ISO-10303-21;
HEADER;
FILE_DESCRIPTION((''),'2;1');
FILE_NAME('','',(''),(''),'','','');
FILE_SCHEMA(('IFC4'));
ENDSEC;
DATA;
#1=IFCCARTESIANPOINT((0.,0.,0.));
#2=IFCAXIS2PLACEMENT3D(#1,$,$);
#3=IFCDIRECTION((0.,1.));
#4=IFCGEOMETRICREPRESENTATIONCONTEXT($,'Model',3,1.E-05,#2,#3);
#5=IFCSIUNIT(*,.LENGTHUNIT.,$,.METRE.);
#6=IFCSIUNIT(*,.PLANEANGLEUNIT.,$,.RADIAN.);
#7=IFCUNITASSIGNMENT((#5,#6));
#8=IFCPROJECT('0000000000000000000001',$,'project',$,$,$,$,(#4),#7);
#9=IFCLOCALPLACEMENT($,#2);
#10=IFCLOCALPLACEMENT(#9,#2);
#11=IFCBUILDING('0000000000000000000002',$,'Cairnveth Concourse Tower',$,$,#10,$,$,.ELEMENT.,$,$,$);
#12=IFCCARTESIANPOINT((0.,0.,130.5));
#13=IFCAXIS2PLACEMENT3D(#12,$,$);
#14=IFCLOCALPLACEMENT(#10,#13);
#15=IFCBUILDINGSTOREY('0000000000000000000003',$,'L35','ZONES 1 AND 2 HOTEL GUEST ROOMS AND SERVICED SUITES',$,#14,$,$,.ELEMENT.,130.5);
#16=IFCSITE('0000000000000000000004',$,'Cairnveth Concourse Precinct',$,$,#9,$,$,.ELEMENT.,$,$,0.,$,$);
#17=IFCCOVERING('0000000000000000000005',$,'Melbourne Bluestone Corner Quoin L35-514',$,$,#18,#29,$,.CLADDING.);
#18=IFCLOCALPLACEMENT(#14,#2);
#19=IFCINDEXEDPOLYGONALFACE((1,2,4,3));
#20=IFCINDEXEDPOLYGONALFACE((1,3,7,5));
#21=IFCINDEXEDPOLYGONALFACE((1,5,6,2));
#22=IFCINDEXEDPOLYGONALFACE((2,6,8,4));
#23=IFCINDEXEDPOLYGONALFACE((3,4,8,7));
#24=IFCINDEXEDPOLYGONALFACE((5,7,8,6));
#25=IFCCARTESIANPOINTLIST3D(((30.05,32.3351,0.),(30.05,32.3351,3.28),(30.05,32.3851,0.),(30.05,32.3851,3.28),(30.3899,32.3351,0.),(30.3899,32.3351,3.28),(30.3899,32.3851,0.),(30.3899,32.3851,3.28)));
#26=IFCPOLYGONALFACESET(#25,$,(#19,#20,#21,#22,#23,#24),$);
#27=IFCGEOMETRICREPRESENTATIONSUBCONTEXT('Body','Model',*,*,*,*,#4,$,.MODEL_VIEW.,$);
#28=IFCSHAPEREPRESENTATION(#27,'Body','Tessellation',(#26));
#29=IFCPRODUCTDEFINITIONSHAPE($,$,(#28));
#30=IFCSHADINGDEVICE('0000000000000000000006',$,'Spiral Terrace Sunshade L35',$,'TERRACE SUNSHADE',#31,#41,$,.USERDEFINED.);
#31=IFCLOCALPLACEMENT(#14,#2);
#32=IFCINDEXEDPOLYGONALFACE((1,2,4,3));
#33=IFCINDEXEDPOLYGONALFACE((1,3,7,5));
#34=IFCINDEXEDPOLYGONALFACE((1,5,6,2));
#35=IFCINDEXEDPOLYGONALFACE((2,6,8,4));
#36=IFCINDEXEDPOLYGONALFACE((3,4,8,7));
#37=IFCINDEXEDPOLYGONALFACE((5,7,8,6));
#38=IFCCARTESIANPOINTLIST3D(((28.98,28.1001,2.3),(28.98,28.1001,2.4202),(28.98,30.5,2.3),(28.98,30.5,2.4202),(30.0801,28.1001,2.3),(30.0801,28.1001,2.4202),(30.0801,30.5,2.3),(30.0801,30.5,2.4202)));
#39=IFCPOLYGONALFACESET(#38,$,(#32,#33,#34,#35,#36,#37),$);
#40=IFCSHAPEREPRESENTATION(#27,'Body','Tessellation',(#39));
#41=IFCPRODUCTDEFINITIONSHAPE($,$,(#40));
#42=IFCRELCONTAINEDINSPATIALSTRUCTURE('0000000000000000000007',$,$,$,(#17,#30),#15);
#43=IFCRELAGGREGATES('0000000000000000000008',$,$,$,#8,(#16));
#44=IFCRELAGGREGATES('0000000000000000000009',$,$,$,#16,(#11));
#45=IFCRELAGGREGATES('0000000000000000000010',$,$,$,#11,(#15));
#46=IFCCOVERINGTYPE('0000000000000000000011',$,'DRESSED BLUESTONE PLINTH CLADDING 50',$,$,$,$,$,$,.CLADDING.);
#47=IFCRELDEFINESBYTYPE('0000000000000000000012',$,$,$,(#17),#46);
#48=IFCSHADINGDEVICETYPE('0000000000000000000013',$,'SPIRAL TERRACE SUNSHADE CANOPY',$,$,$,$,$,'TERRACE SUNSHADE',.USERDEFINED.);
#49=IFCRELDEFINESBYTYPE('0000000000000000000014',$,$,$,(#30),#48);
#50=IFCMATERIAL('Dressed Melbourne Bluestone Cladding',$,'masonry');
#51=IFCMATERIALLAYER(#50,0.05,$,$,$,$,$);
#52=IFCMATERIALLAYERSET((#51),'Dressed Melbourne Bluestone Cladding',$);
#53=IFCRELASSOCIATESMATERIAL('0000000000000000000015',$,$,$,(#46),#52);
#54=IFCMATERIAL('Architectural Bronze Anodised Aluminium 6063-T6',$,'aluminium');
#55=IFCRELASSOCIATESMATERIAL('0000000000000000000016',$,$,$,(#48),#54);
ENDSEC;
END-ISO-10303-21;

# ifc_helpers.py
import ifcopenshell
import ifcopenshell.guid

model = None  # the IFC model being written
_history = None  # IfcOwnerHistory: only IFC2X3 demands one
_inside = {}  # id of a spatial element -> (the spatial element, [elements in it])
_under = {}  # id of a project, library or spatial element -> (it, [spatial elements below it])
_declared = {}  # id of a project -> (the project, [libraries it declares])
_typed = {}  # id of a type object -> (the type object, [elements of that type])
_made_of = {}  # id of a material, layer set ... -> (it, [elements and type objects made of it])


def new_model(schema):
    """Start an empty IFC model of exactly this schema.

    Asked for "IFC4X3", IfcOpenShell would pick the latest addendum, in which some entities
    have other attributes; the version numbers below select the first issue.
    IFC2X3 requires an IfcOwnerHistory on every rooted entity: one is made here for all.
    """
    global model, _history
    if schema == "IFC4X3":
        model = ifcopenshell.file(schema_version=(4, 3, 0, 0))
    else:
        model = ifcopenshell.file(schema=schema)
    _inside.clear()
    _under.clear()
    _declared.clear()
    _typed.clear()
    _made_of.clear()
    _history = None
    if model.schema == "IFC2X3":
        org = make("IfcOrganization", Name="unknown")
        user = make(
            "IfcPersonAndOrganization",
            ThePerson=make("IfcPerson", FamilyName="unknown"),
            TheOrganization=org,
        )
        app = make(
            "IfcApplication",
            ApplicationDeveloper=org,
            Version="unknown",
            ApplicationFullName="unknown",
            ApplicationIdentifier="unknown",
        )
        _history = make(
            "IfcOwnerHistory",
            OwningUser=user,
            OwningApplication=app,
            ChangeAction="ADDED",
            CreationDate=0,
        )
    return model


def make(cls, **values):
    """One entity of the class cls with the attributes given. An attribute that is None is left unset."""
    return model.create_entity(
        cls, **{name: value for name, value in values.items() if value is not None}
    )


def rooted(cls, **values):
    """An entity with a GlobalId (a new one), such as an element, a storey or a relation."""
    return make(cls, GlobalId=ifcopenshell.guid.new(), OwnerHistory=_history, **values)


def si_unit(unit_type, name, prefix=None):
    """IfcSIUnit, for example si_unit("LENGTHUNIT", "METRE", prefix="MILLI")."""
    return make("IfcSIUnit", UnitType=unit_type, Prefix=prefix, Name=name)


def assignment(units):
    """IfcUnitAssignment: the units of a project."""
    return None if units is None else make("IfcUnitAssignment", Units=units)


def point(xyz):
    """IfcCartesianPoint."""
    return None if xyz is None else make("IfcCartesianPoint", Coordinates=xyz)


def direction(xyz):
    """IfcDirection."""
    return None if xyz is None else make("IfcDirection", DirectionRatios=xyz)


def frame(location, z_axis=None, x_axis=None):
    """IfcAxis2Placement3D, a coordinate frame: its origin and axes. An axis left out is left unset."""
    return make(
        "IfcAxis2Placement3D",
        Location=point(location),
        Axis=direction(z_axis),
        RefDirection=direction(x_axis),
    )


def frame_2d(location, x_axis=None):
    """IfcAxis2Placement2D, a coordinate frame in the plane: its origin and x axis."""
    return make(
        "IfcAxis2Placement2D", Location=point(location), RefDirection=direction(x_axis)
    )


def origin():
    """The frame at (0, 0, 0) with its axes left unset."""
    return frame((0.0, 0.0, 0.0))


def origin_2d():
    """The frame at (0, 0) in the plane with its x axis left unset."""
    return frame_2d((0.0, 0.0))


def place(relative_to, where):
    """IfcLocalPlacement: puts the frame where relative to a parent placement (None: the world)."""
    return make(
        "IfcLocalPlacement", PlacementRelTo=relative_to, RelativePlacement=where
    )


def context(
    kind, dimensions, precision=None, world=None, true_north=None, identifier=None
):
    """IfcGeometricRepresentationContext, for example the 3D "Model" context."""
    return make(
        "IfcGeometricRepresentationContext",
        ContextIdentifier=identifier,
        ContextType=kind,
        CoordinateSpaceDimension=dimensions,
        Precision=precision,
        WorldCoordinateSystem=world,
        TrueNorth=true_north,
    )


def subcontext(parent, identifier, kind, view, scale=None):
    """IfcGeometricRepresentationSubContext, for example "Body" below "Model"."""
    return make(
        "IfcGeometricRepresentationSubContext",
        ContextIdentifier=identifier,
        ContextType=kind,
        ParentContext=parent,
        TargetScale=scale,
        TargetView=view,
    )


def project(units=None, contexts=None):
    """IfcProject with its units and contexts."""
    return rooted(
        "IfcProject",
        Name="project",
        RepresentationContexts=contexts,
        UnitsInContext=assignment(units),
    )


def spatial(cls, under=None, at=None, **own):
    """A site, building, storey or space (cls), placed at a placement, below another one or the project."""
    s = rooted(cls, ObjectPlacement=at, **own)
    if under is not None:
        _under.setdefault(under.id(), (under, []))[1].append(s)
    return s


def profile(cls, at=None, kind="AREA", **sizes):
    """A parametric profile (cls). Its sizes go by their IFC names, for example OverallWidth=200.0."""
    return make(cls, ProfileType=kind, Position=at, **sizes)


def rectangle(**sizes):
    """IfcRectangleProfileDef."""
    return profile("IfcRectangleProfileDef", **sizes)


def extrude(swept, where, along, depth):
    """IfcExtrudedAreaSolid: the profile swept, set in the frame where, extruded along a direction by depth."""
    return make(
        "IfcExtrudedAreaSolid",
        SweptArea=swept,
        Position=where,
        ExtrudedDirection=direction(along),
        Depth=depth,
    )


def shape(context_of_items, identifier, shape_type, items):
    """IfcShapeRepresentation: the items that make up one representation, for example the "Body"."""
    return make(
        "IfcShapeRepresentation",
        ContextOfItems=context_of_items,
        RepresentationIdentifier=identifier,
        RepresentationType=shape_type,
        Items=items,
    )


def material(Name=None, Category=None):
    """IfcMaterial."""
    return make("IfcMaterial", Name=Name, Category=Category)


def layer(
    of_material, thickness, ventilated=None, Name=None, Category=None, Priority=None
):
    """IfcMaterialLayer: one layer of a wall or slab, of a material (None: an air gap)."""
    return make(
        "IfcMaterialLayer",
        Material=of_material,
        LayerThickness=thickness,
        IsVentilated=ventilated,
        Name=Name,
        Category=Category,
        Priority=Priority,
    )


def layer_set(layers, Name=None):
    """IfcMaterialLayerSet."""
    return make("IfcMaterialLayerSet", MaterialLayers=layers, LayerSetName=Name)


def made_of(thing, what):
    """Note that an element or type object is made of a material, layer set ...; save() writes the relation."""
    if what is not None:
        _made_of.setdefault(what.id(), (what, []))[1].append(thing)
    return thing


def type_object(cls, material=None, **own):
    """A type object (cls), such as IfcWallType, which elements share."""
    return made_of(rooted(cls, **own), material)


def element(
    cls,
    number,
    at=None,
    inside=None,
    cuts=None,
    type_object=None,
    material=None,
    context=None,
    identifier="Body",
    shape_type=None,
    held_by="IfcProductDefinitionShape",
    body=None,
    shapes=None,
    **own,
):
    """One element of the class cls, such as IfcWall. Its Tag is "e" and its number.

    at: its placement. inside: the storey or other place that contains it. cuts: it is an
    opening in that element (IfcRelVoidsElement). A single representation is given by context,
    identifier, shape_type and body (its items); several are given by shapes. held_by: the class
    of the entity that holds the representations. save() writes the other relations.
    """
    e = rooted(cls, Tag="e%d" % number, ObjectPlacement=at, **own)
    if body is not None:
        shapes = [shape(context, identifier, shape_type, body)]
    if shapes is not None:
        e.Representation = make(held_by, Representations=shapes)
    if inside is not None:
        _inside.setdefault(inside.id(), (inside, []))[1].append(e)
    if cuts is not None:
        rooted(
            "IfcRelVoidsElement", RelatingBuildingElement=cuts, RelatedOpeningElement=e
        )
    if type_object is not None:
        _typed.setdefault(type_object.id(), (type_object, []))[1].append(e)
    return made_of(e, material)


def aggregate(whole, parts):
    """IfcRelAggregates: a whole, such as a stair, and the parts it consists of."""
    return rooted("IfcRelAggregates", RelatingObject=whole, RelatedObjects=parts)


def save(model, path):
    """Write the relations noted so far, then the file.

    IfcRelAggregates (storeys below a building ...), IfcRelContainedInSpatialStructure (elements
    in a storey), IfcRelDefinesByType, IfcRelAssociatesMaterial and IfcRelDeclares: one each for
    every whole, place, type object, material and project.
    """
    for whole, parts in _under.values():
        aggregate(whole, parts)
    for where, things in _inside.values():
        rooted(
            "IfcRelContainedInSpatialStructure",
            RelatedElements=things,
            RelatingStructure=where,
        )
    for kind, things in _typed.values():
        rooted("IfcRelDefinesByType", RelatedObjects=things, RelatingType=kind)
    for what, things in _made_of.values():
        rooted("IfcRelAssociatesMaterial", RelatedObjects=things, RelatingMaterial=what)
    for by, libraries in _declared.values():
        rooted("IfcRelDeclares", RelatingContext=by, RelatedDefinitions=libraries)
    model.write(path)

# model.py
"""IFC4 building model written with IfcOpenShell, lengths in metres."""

from ifc_helpers import new_model, si_unit, direction, frame, frame_2d, origin, origin_2d, place, context, subcontext, project, spatial, rectangle, extrude, material, layer, layer_set, type_object, element, save


model = new_model("IFC4")

# Units and contexts
model_context = context("Model", 3, precision=1e-05, world=origin(), true_north=direction((0.0, 1.0)))
body_context = subcontext(model_context, "Body", "Model", "MODEL_VIEW")
ifc_project = project(units=[si_unit("LENGTHUNIT", "METRE"), si_unit("PLANEANGLEUNIT", "RADIAN")], contexts=[model_context])

# Site, building, storey
site_placement = place(None, origin())
site = spatial("IfcSite", under=ifc_project, at=site_placement, Name="Cairnveth Concourse Precinct", CompositionType="ELEMENT", RefElevation=0.0)
building_placement = place(site_placement, origin())
building = spatial("IfcBuilding", under=site, at=building_placement, Name="Cairnveth Concourse Tower", CompositionType="ELEMENT")
storey_placement = place(building_placement, frame((0.0, 0.0, 130.5)))
storey = spatial("IfcBuildingStorey", under=building, at=storey_placement, Name="L35", Description="ZONES 1 AND 2 HOTEL GUEST ROOMS AND SERVICED SUITES", CompositionType="ELEMENT", Elevation=130.5)

# Shared definitions
ifc_material_1 = material(Name="Dressed Melbourne Bluestone Cladding", Category="masonry")

# Shared definitions
ifc_material_2 = material(Name="Architectural Bronze Anodised Aluminium 6063-T6", Category="aluminium")

# Covering
ifc_layer_1 = layer(ifc_material_1, 0.05)
ifc_layer_set_1 = layer_set([ifc_layer_1], Name="Dressed Melbourne Bluestone Cladding")
covering_type = type_object("IfcCoveringType", Name="DRESSED BLUESTONE PLINTH CLADDING 50", PredefinedType="CLADDING", material=ifc_layer_set_1)
covering_placement = place(storey_placement, frame((30.3899, 32.3601, 0.0), z_axis=(0.0, 0.0, 1.0), x_axis=(-1.0, 0.0, 0.0)))
element("IfcCovering", 1, at=covering_placement, inside=storey, type_object=covering_type, Name="Melbourne Bluestone Corner Quoin L35-514", PredefinedType="CLADDING", context=body_context, shape_type="SweptSolid", body=[
    extrude(rectangle(XDim=0.3398, YDim=0.05, at=frame_2d((0.1699, 0.0))), origin(), (0.0, 0.0, 1.0), 3.28),
])

# Shading device
shading_device_type = type_object("IfcShadingDeviceType", Name="SPIRAL TERRACE SUNSHADE CANOPY", ElementType="TERRACE SUNSHADE", PredefinedType="USERDEFINED", material=ifc_material_2)
shading_device_placement = place(storey_placement, frame((29.53, 29.3, 2.3), z_axis=(0.0, 0.0, 1.0), x_axis=(1.0, 0.0, 0.0)))
element("IfcShadingDevice", 2, at=shading_device_placement, inside=storey, type_object=shading_device_type, Name="Spiral Terrace Sunshade L35", ObjectType="TERRACE SUNSHADE", PredefinedType="USERDEFINED", context=body_context, shape_type="SweptSolid", body=[
    extrude(rectangle(XDim=1.1001, YDim=2.3999, at=origin_2d()), origin(), (0.0, 0.0, 1.0), 0.1201),
])

save(model, "model.ifc")
